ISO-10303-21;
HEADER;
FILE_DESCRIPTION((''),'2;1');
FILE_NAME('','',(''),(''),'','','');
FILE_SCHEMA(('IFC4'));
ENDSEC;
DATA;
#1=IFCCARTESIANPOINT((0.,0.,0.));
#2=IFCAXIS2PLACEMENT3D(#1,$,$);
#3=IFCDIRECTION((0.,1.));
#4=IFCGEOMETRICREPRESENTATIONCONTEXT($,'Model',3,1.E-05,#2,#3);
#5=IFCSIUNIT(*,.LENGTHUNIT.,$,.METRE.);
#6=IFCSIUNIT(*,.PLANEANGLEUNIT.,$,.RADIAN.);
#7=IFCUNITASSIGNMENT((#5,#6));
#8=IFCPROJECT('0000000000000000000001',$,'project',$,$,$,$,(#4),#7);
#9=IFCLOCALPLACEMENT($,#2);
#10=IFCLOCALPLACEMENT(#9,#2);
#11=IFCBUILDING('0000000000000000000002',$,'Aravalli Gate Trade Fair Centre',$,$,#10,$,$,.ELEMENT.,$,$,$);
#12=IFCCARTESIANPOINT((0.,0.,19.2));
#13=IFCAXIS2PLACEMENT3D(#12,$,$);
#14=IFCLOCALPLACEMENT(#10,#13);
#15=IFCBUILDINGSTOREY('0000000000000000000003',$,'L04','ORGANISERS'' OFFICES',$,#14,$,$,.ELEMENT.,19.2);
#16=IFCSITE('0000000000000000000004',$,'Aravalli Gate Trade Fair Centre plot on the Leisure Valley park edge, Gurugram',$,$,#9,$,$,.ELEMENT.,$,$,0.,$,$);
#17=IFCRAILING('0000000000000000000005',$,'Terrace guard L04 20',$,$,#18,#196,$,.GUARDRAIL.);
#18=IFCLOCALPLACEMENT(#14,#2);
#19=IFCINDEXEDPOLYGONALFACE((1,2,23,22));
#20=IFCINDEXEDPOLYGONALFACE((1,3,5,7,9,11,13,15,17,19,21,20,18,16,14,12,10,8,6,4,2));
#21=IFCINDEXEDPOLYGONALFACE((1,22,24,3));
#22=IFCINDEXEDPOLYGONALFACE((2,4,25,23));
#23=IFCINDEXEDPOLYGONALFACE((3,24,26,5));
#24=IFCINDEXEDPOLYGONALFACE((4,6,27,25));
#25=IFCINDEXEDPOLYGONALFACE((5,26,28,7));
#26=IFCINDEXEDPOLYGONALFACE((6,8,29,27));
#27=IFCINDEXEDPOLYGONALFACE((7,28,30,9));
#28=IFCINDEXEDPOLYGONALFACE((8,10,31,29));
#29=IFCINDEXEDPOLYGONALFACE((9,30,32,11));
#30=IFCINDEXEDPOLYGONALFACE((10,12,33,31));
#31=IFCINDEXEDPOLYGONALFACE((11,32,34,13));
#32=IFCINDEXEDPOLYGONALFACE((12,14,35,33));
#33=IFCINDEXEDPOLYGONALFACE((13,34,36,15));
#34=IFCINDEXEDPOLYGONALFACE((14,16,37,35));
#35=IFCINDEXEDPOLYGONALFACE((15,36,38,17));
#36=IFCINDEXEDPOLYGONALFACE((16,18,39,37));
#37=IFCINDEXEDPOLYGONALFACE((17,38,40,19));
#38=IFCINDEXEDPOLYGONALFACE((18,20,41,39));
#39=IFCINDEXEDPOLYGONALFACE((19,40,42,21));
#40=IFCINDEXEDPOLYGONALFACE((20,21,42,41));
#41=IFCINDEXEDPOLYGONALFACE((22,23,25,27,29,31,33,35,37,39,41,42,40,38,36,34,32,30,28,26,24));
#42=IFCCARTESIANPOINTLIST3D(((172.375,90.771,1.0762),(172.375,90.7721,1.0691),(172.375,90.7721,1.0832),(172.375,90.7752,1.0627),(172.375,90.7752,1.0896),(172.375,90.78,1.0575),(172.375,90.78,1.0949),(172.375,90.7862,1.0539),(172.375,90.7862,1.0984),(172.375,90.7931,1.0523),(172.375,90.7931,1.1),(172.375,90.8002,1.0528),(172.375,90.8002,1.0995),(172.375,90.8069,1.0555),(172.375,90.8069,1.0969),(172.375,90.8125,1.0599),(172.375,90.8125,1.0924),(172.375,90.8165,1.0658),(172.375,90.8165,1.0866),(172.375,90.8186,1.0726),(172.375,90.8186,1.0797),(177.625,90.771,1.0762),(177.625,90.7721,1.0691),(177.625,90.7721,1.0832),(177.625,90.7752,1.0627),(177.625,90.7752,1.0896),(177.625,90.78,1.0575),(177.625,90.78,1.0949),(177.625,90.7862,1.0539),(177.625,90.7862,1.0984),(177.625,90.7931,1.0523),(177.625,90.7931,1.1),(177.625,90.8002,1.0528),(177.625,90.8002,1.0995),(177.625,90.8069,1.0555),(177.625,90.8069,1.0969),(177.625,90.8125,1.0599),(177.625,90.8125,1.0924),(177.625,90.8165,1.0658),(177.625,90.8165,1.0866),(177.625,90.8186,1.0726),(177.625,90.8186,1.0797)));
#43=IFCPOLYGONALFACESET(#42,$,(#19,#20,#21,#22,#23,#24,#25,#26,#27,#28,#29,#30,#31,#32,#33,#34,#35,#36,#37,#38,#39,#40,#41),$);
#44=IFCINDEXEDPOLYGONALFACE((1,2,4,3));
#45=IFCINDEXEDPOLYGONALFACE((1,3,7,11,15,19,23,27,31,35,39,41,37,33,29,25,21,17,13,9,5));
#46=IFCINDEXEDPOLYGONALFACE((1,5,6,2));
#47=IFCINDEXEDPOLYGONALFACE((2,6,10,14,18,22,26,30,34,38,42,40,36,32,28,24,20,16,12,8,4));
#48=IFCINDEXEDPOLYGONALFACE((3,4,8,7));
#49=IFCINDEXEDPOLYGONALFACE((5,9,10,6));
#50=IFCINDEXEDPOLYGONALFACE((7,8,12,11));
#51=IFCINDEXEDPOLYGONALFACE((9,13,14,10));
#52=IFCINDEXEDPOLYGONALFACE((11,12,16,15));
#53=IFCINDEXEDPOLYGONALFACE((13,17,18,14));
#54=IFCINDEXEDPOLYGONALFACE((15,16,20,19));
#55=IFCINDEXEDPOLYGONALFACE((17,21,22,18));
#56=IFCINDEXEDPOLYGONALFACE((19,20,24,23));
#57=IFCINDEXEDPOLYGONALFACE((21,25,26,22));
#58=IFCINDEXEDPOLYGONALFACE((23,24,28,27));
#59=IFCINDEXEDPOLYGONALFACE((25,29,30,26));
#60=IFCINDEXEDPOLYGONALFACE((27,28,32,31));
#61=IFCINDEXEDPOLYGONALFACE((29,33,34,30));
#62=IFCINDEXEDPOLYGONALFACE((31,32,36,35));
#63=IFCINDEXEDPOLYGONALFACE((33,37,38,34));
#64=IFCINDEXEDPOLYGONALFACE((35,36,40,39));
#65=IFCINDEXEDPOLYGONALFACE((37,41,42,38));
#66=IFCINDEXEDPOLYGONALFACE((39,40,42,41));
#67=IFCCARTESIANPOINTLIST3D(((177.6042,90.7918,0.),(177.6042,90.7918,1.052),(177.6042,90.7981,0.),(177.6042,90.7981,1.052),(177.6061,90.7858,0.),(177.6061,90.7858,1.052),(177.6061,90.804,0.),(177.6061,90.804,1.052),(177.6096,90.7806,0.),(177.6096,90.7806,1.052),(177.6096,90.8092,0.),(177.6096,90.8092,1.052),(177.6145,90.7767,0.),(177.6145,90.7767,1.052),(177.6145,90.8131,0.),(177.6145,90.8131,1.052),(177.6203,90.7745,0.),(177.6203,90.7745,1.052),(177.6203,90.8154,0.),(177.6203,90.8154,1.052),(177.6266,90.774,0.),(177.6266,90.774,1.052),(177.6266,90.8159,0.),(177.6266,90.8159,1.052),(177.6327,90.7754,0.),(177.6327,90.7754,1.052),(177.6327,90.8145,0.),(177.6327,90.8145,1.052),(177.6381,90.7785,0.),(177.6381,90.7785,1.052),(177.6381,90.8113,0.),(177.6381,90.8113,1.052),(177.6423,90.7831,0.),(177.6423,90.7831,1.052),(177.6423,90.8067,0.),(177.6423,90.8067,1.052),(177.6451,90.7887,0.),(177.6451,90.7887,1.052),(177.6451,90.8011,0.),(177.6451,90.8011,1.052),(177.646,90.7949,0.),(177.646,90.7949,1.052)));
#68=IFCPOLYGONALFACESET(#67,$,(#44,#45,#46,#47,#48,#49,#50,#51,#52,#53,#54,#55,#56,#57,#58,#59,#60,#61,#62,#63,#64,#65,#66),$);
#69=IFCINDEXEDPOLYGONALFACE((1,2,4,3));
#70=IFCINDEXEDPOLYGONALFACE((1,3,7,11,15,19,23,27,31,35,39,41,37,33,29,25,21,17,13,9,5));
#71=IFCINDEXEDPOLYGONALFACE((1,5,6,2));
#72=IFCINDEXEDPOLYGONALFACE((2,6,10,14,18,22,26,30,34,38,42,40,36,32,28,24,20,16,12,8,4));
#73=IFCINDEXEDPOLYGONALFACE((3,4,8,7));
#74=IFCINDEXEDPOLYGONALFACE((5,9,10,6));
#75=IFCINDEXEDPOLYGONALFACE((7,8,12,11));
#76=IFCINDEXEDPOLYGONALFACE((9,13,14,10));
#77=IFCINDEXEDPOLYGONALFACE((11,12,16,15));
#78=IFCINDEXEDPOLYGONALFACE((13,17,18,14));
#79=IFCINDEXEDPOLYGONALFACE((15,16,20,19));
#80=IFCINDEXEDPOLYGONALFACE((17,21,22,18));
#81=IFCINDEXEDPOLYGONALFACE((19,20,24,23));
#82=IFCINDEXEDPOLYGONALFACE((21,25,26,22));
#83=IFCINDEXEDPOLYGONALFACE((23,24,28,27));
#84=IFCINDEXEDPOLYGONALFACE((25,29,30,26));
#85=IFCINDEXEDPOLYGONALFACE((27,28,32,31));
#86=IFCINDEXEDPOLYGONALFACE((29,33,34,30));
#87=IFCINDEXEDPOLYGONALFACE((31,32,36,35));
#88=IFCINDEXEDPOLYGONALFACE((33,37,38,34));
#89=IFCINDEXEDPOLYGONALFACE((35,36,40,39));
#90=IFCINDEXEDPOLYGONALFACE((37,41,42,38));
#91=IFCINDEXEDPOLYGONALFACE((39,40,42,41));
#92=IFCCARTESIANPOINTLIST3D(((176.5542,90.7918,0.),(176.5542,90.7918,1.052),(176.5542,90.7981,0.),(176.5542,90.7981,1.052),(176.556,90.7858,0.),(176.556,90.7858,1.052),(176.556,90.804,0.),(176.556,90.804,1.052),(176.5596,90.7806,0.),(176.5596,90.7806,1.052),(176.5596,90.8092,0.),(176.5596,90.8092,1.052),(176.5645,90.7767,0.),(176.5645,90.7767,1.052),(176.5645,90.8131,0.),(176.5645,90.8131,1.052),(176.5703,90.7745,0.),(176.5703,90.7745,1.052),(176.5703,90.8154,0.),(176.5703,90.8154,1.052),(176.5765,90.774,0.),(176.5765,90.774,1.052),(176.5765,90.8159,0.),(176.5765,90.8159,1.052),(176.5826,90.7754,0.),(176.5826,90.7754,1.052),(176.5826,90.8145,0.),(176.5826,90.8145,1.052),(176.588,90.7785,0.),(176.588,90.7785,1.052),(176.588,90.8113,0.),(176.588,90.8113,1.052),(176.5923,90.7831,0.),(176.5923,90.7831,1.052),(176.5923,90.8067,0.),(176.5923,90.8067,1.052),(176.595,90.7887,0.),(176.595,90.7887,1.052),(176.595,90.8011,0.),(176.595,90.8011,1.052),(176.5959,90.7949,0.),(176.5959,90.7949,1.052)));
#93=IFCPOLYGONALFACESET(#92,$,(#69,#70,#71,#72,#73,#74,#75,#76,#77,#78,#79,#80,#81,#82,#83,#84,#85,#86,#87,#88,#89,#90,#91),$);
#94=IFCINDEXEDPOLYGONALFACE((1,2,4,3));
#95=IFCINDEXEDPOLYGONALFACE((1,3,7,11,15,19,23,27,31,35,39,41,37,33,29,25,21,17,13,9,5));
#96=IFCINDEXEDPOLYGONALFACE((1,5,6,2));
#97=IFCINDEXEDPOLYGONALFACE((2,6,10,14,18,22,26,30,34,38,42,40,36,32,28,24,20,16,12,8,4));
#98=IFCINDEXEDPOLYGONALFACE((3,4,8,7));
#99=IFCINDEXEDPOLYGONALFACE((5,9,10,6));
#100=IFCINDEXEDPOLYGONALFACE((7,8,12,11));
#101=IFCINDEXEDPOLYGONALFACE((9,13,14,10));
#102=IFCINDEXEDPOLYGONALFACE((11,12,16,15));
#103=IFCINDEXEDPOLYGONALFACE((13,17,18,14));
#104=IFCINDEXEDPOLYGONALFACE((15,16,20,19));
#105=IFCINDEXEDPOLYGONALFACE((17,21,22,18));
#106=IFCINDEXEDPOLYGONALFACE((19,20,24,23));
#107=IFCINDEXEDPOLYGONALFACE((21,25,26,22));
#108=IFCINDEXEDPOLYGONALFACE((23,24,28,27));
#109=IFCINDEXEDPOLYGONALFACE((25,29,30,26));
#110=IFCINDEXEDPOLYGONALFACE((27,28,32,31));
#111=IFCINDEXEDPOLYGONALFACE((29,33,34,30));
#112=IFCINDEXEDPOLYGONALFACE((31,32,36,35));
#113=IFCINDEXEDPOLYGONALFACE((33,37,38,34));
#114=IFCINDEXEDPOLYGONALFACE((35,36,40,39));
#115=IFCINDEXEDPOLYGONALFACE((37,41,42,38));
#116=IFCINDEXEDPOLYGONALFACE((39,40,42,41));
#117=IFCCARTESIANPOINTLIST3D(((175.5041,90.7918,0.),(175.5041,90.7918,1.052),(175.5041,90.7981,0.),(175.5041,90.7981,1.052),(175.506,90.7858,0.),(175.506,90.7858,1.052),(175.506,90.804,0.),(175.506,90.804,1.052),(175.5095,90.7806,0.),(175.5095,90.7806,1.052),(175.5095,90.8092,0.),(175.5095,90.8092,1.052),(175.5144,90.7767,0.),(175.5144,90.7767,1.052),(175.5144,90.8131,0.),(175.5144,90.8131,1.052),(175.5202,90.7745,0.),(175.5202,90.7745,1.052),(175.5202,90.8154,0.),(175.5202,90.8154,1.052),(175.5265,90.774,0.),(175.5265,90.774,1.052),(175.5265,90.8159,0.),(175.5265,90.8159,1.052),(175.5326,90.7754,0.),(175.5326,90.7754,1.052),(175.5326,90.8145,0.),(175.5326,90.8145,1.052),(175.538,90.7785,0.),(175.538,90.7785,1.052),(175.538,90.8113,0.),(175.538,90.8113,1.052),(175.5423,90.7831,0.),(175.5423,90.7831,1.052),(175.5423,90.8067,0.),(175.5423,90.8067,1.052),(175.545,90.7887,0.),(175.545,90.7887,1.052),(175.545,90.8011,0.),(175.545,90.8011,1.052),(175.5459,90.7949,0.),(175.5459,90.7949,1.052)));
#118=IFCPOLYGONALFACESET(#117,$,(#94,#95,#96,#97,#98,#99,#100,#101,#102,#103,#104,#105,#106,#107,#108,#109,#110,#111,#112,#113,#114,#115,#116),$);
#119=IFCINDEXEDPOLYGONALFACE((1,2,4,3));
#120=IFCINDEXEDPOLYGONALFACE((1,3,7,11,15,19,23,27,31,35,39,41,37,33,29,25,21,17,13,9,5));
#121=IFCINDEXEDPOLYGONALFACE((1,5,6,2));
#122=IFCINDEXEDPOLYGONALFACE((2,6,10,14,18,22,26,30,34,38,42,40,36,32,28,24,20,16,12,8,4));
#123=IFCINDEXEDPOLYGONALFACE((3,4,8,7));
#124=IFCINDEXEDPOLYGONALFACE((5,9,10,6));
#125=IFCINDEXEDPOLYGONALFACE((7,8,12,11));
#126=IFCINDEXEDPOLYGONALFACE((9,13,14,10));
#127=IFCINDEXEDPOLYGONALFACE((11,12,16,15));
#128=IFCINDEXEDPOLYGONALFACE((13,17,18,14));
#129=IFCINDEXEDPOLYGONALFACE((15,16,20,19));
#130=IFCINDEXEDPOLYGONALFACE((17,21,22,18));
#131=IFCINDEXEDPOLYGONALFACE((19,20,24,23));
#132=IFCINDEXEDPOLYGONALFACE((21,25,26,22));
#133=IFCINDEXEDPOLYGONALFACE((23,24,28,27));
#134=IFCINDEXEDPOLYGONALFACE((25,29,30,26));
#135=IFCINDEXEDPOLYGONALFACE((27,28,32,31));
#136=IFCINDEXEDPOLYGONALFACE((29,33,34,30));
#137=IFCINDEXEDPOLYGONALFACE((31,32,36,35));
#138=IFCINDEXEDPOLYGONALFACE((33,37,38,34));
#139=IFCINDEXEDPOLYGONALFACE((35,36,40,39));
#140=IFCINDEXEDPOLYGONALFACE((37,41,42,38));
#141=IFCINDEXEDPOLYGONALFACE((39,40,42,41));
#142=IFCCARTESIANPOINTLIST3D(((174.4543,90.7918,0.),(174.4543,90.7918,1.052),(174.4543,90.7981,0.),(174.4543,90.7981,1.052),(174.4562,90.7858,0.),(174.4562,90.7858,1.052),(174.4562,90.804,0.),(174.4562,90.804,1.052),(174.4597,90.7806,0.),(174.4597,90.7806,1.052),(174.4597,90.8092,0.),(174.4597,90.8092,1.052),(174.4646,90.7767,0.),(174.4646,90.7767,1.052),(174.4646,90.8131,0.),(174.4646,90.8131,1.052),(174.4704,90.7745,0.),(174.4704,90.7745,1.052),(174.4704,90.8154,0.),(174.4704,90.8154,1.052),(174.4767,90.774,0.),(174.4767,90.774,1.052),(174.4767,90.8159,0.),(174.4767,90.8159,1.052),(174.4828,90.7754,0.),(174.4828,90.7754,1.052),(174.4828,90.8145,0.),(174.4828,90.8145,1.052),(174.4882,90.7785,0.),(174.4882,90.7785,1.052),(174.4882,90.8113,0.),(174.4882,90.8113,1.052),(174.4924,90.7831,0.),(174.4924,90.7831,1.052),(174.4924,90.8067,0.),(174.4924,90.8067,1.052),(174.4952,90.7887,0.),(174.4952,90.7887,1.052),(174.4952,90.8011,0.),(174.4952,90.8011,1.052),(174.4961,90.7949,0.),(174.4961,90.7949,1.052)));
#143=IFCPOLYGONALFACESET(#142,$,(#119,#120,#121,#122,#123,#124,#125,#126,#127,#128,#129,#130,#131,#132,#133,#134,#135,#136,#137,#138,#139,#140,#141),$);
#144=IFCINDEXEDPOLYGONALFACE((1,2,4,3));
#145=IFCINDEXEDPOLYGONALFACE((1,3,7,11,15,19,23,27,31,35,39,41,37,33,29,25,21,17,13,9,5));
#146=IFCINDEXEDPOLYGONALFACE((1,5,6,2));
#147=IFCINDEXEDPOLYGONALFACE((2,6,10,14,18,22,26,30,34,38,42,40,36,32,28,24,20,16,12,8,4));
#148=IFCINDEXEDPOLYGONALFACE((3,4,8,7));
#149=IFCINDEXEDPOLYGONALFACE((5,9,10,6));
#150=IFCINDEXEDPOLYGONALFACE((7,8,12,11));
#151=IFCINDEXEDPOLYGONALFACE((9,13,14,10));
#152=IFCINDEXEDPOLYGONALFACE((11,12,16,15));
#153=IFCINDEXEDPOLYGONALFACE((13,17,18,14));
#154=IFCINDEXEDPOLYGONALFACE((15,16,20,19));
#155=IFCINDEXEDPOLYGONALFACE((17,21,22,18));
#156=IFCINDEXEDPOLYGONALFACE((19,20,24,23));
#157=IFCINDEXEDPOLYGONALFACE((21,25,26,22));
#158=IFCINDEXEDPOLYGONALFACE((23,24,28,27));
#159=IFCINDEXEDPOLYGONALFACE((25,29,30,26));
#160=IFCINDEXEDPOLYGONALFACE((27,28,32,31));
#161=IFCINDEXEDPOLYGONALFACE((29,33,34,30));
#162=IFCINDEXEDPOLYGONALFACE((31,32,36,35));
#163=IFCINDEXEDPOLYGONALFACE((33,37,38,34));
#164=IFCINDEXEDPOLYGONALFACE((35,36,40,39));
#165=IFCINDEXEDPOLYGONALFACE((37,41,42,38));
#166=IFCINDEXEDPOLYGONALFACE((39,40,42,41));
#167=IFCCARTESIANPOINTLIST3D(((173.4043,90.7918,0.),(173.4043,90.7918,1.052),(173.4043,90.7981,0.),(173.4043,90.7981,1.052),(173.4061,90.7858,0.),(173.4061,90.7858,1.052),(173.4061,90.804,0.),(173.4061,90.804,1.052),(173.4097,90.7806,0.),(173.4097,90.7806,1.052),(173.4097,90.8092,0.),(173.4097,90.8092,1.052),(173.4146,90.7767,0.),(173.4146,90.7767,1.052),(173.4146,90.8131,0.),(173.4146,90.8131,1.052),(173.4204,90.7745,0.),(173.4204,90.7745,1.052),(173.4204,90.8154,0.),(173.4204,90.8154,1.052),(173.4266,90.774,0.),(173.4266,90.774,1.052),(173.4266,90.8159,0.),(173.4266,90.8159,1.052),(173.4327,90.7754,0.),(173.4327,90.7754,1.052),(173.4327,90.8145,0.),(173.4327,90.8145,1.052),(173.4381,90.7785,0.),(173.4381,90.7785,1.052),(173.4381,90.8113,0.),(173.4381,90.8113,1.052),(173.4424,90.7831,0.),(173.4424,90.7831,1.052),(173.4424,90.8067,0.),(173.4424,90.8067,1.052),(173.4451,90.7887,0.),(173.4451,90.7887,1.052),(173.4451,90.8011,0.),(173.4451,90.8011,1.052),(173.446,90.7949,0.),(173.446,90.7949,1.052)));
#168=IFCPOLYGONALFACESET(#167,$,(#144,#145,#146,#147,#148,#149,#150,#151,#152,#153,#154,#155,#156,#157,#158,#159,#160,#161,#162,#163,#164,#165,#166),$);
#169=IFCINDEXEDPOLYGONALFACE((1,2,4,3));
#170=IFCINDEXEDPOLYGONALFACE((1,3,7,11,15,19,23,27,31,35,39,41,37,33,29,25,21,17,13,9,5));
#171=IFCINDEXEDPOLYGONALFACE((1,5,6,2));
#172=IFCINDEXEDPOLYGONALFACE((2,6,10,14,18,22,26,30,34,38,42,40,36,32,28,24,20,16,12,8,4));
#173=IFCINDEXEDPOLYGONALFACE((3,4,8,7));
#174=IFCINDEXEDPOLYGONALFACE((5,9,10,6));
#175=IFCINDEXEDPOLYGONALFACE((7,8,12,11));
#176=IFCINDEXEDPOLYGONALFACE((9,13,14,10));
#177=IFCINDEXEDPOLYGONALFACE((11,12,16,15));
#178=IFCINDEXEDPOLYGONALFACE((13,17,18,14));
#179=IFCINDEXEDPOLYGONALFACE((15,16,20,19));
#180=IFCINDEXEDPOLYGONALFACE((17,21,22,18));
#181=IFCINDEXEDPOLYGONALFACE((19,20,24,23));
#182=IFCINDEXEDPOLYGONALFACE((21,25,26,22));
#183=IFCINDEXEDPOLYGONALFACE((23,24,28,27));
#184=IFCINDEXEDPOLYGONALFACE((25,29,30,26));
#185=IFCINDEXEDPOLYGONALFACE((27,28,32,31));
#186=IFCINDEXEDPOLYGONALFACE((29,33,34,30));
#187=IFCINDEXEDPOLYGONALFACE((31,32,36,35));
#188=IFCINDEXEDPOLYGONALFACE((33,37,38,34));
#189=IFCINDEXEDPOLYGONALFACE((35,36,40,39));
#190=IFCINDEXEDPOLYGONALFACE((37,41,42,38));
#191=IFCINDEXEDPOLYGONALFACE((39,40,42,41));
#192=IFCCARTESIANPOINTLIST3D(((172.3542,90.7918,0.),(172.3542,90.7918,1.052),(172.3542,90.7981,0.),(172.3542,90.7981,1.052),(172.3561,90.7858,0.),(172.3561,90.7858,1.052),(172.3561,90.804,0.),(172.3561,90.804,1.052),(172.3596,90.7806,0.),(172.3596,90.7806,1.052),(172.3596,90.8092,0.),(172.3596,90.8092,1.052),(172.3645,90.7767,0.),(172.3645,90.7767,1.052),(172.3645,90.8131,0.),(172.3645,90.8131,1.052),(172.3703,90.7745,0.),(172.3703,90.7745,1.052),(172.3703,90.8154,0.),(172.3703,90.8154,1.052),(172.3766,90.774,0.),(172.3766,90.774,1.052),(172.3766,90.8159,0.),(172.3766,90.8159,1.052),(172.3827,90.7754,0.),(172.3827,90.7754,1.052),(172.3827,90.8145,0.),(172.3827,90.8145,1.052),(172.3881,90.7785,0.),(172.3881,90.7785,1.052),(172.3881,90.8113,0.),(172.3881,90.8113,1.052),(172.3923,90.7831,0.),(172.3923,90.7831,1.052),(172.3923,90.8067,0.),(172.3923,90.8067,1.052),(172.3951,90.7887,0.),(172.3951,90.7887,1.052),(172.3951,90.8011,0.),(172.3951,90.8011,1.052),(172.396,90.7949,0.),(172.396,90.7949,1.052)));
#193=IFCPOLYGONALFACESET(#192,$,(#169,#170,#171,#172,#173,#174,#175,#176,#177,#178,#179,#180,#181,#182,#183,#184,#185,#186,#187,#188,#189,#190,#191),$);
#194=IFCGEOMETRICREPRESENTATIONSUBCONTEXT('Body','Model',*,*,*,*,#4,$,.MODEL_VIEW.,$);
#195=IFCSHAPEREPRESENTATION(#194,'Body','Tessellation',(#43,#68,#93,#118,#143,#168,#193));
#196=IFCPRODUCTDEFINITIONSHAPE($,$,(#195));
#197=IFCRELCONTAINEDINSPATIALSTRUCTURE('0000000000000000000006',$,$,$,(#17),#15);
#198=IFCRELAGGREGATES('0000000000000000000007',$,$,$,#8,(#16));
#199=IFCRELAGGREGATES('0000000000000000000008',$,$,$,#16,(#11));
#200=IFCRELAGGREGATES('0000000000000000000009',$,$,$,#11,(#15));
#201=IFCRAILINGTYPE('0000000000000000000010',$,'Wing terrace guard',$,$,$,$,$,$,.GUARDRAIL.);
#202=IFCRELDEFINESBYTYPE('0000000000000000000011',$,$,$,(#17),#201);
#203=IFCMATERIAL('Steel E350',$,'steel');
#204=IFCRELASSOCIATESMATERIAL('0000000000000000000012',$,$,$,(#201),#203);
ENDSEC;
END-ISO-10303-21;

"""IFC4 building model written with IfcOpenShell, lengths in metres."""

from ifc_helpers import new_model, si_unit, direction, frame, origin, origin_2d, place, context, subcontext, project, spatial, circle, extrude, material, type_object, element, save


model = new_model("IFC4")

# Units and contexts
model_context = context("Model", 3, precision=1e-05, world=origin(), true_north=direction((0.0, 1.0)))
body_context = subcontext(model_context, "Body", "Model", "MODEL_VIEW")
ifc_project = project(units=[si_unit("LENGTHUNIT", "METRE"), si_unit("PLANEANGLEUNIT", "RADIAN")], contexts=[model_context])

# Site, building, storey
site_placement = place(None, origin())
site = spatial("IfcSite", under=ifc_project, at=site_placement, Name="Aravalli Gate Trade Fair Centre plot on the Leisure Valley park edge, Gurugram", CompositionType="ELEMENT", RefElevation=0.0)
building_placement = place(site_placement, origin())
building = spatial("IfcBuilding", under=site, at=building_placement, Name="Aravalli Gate Trade Fair Centre", CompositionType="ELEMENT")
storey_placement = place(building_placement, frame((0.0, 0.0, 19.2)))
storey = spatial("IfcBuildingStorey", under=building, at=storey_placement, Name="L04", Description="ORGANISERS' OFFICES", CompositionType="ELEMENT", Elevation=19.2)

# Railing
ifc_material_1 = material(Name="Steel E350", Category="steel")
railing_type = type_object("IfcRailingType", Name="Wing terrace guard", PredefinedType="GUARDRAIL", material=ifc_material_1)
railing_1_placement = place(storey_placement, frame((177.625, 90.7949, 0.0)))
element("IfcRailing", 1, at=railing_1_placement, inside=storey, type_object=railing_type, Name="Terrace guard L04 20", PredefinedType="GUARDRAIL", context=body_context, shape_type="SweptSolid", body=[
    extrude(circle(Radius=0.0239, at=origin_2d()), frame((0.0, 0.0, 1.0762), z_axis=(-1.0, 0.0, 0.0), x_axis=(0.0, -1.0, 0.0)), (0.0, 0.0, 1.0), 5.25),
    extrude(circle(Radius=0.021, at=origin_2d()), origin(), (0.0, 0.0, 1.0), 1.052),
    extrude(circle(Radius=0.021, at=origin_2d()), frame((-1.05, 0.0, 0.0)), (0.0, 0.0, 1.0), 1.052),
    extrude(circle(Radius=0.021, at=origin_2d()), frame((-2.1001, 0.0, 0.0)), (0.0, 0.0, 1.0), 1.052),
    extrude(circle(Radius=0.021, at=origin_2d()), frame((-3.1499, 0.0, 0.0)), (0.0, 0.0, 1.0), 1.052),
    extrude(circle(Radius=0.021, at=origin_2d()), frame((-4.2, 0.0, 0.0)), (0.0, 0.0, 1.0), 1.052),
    extrude(circle(Radius=0.021, at=origin_2d()), frame((-5.25, 0.0, 0.0)), (0.0, 0.0, 1.0), 1.052),
])

save(model, "model.ifc")
